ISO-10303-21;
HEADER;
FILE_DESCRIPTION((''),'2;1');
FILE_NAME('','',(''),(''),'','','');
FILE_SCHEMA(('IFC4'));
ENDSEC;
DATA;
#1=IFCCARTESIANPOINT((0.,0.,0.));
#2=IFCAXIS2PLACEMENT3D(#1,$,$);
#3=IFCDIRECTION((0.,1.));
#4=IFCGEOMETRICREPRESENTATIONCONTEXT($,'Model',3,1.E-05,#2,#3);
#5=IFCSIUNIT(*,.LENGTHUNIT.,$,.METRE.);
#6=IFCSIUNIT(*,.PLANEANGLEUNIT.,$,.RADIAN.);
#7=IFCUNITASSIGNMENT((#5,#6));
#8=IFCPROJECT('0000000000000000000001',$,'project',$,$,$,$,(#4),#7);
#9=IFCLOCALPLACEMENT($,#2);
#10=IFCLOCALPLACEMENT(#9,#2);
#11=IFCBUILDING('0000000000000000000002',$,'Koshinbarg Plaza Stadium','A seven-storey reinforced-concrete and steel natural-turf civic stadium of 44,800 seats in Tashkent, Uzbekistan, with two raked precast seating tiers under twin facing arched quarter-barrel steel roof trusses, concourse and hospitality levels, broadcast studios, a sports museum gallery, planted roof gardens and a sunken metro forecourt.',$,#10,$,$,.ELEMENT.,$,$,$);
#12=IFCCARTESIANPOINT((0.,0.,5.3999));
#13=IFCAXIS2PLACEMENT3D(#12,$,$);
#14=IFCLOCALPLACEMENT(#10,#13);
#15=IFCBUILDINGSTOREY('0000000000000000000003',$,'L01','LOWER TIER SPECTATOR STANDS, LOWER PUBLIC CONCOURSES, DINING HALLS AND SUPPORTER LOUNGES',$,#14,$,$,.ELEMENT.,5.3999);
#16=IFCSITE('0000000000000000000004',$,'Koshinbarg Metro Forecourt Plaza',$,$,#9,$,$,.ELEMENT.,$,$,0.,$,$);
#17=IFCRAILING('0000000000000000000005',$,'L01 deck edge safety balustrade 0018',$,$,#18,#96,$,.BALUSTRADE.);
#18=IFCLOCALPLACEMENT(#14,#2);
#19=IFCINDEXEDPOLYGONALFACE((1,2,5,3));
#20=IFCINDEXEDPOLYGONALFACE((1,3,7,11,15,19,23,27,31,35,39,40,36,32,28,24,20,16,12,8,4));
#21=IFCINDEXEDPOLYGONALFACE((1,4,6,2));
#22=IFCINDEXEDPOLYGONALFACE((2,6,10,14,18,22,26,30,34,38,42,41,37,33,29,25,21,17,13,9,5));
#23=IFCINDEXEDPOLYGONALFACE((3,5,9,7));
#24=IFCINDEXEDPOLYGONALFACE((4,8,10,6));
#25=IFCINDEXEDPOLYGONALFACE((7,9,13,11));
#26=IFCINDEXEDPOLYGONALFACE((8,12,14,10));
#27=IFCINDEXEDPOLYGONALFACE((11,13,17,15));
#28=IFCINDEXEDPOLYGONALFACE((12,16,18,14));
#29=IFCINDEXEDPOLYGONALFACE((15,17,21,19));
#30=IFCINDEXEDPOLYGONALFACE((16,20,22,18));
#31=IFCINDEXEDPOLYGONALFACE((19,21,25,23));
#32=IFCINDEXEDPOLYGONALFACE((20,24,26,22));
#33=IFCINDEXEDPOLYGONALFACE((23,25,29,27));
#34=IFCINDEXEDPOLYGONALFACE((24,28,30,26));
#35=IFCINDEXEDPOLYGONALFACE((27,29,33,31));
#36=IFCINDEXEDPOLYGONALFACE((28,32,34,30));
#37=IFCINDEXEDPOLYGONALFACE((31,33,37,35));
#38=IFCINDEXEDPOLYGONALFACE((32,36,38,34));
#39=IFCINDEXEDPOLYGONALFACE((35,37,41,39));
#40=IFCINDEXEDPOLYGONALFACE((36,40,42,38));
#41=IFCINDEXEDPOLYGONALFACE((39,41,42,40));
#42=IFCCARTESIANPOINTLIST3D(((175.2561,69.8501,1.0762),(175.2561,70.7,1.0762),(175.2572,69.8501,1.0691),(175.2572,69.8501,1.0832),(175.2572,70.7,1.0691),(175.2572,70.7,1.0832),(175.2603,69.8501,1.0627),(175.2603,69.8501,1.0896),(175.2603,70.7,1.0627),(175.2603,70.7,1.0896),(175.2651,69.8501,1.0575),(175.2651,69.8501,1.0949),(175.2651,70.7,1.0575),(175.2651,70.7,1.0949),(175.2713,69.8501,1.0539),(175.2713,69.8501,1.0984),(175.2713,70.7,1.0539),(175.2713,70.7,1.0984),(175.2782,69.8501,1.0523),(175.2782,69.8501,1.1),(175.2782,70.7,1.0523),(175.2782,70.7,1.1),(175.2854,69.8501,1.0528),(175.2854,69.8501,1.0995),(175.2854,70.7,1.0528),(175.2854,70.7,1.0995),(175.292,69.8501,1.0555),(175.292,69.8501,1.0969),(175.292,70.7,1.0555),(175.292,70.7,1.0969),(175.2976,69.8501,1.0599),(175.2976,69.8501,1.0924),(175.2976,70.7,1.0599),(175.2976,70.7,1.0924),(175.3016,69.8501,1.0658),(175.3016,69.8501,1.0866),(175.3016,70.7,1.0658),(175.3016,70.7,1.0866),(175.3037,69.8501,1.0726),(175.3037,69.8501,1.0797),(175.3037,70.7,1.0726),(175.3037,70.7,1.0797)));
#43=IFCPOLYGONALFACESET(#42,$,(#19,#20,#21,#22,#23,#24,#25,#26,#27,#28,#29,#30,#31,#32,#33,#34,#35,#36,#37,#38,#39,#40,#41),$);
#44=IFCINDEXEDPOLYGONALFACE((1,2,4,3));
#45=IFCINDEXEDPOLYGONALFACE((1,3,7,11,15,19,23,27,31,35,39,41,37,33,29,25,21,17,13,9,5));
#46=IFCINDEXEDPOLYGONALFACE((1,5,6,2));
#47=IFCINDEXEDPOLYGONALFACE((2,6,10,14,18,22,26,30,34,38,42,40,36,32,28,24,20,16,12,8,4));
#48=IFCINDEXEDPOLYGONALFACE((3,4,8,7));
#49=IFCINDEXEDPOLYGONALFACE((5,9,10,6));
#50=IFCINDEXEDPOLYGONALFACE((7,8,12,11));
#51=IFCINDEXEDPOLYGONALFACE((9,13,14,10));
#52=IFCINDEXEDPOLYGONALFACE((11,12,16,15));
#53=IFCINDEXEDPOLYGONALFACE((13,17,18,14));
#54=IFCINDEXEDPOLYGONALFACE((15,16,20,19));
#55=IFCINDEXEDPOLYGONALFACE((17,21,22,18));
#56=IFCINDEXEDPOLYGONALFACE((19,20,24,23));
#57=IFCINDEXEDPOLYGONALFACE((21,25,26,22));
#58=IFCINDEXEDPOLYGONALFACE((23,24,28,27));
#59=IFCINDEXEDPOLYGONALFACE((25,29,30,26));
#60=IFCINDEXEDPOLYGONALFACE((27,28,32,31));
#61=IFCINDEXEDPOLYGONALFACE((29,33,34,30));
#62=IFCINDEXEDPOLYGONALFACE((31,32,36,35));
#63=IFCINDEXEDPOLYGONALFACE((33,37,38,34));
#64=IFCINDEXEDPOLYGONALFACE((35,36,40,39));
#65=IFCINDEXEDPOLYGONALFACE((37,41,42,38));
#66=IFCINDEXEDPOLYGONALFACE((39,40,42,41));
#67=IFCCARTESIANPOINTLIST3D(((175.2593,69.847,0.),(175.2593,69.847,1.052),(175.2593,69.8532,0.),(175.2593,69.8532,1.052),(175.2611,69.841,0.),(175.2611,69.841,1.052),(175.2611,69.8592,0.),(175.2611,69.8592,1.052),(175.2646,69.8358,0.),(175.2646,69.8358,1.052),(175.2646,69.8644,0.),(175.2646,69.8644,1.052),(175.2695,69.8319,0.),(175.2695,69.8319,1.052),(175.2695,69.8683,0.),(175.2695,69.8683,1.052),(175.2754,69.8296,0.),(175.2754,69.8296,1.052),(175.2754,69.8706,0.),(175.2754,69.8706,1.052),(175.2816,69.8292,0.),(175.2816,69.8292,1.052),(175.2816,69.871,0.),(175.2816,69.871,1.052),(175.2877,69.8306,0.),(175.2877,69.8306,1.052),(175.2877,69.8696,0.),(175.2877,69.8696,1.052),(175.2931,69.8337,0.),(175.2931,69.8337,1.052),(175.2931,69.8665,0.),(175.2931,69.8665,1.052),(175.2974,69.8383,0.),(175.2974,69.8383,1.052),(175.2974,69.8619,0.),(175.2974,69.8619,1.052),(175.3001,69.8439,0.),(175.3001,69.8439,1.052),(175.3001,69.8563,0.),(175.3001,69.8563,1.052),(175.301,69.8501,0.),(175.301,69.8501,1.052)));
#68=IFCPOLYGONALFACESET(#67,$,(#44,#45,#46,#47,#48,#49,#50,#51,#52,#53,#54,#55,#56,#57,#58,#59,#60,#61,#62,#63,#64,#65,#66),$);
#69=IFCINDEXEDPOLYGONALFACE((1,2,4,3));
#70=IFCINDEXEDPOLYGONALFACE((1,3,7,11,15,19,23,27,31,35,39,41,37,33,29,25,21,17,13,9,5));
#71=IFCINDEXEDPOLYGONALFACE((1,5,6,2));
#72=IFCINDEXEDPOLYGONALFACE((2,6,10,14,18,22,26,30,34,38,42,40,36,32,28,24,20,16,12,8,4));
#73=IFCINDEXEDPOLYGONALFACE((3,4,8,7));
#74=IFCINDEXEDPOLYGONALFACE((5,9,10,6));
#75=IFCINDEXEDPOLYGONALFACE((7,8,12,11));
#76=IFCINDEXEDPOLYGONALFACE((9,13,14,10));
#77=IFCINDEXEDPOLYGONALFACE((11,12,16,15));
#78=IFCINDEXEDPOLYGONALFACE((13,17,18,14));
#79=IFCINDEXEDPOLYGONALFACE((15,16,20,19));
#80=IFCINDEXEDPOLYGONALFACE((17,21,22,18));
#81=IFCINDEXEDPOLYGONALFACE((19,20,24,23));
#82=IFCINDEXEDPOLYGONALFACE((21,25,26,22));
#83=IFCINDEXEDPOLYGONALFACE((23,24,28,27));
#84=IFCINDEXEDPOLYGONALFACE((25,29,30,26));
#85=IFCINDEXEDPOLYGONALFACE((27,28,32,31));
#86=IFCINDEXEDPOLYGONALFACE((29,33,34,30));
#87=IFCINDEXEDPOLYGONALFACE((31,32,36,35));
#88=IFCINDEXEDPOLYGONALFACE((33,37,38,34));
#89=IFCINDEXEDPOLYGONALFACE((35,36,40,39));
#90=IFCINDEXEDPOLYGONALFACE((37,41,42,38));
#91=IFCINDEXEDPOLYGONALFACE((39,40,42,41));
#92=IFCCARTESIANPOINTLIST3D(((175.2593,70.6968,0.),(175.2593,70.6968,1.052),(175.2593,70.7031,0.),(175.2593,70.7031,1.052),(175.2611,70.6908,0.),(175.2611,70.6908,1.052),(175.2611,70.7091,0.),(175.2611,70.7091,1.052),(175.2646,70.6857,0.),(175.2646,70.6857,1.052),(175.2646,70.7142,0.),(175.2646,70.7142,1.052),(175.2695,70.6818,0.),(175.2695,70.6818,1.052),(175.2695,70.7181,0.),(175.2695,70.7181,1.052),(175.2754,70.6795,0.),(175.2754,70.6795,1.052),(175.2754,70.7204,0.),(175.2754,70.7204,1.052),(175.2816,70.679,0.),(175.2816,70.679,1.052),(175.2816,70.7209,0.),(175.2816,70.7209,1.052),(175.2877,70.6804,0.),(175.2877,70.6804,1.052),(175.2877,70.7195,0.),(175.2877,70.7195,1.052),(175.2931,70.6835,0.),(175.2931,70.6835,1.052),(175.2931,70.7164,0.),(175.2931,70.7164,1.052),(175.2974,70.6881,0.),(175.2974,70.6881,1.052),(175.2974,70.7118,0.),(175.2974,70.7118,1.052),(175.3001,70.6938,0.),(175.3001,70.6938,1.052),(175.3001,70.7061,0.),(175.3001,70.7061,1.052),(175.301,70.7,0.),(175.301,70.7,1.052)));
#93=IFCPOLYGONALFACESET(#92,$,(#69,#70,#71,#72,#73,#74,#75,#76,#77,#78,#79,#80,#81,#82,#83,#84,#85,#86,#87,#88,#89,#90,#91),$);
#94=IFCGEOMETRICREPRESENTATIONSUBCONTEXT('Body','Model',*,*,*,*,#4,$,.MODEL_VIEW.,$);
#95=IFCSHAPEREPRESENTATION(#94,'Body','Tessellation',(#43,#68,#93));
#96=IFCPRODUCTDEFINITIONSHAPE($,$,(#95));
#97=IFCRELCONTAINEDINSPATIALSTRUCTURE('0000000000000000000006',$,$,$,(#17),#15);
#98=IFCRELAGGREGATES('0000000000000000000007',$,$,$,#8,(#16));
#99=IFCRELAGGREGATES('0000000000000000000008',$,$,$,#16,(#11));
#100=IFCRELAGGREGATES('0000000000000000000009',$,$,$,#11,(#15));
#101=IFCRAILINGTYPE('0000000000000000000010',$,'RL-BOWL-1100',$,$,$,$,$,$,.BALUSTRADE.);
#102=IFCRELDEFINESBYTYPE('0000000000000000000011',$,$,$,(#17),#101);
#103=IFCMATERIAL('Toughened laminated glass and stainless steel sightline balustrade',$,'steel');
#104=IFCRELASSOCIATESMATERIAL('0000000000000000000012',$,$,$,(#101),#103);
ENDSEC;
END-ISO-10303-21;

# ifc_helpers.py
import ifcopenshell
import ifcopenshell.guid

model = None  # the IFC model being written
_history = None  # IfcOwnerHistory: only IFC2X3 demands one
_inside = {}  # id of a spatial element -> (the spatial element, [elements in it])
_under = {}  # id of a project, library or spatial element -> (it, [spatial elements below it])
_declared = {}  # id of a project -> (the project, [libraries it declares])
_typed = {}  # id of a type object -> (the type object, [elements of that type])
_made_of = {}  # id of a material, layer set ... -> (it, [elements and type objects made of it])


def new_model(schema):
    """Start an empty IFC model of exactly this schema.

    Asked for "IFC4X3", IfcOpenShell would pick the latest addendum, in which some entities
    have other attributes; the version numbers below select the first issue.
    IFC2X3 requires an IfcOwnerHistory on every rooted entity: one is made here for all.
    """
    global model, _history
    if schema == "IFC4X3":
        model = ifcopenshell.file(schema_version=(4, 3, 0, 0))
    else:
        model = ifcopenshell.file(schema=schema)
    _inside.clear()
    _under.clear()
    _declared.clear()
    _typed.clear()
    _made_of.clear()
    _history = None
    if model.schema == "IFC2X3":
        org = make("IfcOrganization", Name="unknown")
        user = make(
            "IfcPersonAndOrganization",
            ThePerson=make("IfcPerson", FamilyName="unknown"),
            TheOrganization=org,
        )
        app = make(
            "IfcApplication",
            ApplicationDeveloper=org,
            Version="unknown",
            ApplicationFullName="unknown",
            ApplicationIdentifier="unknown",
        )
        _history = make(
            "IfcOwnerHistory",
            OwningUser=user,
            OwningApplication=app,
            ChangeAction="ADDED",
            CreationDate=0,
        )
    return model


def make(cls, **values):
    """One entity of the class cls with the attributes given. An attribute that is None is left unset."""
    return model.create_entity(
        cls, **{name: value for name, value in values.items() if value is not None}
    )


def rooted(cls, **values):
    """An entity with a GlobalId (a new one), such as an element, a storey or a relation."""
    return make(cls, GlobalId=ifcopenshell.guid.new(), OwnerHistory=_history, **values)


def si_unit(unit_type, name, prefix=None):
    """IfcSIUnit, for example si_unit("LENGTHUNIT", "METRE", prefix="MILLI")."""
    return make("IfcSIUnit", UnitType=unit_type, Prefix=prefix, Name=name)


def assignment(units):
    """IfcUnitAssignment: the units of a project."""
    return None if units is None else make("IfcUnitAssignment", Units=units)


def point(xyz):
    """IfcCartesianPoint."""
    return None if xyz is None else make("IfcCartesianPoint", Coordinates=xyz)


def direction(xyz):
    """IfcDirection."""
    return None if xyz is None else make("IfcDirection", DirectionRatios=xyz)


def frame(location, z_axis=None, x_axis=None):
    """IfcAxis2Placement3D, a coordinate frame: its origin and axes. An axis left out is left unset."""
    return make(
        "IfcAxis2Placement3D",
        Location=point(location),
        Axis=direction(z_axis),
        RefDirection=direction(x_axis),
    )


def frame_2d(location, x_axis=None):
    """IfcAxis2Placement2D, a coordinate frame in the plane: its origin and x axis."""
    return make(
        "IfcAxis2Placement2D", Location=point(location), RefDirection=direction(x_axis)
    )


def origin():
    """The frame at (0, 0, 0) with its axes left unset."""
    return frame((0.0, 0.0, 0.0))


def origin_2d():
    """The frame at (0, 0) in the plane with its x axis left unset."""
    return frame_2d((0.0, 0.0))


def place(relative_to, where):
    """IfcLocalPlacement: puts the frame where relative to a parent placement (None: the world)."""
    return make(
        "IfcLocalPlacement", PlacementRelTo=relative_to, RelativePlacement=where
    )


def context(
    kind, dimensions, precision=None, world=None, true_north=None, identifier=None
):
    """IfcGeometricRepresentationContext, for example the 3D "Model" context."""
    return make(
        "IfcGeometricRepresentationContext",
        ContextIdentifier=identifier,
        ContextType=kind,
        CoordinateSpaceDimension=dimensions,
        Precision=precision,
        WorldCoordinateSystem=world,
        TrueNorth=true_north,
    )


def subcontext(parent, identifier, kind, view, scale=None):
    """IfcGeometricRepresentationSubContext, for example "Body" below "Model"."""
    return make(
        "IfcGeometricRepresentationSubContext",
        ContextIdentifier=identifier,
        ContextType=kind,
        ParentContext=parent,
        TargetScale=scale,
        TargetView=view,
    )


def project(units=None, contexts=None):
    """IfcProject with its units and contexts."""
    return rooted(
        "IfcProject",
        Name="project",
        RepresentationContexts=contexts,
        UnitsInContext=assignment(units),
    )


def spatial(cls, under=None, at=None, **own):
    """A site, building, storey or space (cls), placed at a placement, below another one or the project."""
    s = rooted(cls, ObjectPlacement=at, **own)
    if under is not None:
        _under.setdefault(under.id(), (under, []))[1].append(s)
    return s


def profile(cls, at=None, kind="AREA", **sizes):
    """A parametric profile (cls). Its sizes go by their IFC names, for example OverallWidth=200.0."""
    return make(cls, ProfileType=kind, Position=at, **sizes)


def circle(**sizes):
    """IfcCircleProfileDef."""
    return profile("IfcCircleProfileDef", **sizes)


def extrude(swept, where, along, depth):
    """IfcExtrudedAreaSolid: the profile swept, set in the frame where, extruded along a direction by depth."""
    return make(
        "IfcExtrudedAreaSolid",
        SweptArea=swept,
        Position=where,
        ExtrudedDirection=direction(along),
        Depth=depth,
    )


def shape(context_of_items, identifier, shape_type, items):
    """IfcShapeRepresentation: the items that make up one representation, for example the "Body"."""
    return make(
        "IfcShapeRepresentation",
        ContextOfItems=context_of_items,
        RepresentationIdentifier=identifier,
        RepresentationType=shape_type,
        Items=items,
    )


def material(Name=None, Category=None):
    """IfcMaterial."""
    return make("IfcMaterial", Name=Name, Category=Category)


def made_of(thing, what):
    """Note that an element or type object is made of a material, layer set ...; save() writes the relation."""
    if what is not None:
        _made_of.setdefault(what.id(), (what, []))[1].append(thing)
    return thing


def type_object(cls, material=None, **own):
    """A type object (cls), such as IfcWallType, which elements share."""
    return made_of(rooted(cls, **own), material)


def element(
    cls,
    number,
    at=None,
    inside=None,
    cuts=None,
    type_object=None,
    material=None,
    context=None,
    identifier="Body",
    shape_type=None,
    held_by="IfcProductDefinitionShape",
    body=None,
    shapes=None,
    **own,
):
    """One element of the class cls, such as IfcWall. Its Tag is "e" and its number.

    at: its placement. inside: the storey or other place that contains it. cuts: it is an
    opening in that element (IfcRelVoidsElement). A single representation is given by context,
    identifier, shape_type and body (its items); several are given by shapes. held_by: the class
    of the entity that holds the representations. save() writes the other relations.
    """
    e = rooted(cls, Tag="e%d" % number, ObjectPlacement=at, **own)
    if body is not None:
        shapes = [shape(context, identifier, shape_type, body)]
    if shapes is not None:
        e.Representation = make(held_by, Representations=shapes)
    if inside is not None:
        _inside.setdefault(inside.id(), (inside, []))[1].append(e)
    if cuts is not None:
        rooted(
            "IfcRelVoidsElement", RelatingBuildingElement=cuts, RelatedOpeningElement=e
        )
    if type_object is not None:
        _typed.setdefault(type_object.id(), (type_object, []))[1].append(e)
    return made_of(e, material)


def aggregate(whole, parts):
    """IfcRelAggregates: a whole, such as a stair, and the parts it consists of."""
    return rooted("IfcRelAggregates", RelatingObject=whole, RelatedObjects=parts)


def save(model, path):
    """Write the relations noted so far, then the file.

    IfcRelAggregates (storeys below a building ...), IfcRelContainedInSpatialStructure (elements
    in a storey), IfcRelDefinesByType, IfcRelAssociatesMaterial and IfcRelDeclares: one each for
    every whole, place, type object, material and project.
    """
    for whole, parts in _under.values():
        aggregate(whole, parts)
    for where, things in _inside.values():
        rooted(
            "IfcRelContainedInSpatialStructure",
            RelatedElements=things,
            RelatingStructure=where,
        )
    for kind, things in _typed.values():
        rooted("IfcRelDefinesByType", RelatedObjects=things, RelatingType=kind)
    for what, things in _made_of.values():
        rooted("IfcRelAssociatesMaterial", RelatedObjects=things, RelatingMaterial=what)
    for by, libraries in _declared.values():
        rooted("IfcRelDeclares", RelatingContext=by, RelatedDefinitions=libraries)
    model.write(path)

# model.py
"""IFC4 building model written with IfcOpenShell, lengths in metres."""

from ifc_helpers import new_model, si_unit, direction, frame, origin, origin_2d, place, context, subcontext, project, spatial, circle, extrude, material, type_object, element, save


model = new_model("IFC4")

# Units and contexts
model_context = context("Model", 3, precision=1e-05, world=origin(), true_north=direction((0.0, 1.0)))
body_context = subcontext(model_context, "Body", "Model", "MODEL_VIEW")
ifc_project = project(units=[si_unit("LENGTHUNIT", "METRE"), si_unit("PLANEANGLEUNIT", "RADIAN")], contexts=[model_context])

# Site, building, storey
site_placement = place(None, origin())
site = spatial("IfcSite", under=ifc_project, at=site_placement, Name="Koshinbarg Metro Forecourt Plaza", CompositionType="ELEMENT", RefElevation=0.0)
building_placement = place(site_placement, origin())
building = spatial("IfcBuilding", under=site, at=building_placement, Name="Koshinbarg Plaza Stadium", Description="A seven-storey reinforced-concrete and steel natural-turf civic stadium of 44,800 seats in Tashkent, Uzbekistan, with two raked precast seating tiers under twin facing arched quarter-barrel steel roof trusses, concourse and hospitality levels, broadcast studios, a sports museum gallery, planted roof gardens and a sunken metro forecourt.", CompositionType="ELEMENT")
storey_placement = place(building_placement, frame((0.0, 0.0, 5.3999)))
storey = spatial("IfcBuildingStorey", under=building, at=storey_placement, Name="L01", Description="LOWER TIER SPECTATOR STANDS, LOWER PUBLIC CONCOURSES, DINING HALLS AND SUPPORTER LOUNGES", CompositionType="ELEMENT", Elevation=5.3999)

# Railing
ifc_material_1 = material(Name="Toughened laminated glass and stainless steel sightline balustrade", Category="steel")
railing_type_1 = type_object("IfcRailingType", Name="RL-BOWL-1100", PredefinedType="BALUSTRADE", material=ifc_material_1)
railing_placement = place(storey_placement, frame((175.28, 69.8501, 0.0)))
element("IfcRailing", 1, at=railing_placement, inside=storey, type_object=railing_type_1, Name="L01 deck edge safety balustrade 0018", PredefinedType="BALUSTRADE", context=body_context, shape_type="SweptSolid", body=[
    extrude(circle(Radius=0.0239, at=origin_2d()), frame((0.0, 0.0, 1.0762), z_axis=(0.0, 1.0, 0.0), x_axis=(-1.0, 0.0, 0.0)), (0.0, 0.0, 1.0), 0.8499),
    extrude(circle(Radius=0.021, at=origin_2d()), origin(), (0.0, 0.0, 1.0), 1.052),
    extrude(circle(Radius=0.021, at=origin_2d()), frame((0.0, 0.8499, 0.0)), (0.0, 0.0, 1.0), 1.052),
])

save(model, "model.ifc")
